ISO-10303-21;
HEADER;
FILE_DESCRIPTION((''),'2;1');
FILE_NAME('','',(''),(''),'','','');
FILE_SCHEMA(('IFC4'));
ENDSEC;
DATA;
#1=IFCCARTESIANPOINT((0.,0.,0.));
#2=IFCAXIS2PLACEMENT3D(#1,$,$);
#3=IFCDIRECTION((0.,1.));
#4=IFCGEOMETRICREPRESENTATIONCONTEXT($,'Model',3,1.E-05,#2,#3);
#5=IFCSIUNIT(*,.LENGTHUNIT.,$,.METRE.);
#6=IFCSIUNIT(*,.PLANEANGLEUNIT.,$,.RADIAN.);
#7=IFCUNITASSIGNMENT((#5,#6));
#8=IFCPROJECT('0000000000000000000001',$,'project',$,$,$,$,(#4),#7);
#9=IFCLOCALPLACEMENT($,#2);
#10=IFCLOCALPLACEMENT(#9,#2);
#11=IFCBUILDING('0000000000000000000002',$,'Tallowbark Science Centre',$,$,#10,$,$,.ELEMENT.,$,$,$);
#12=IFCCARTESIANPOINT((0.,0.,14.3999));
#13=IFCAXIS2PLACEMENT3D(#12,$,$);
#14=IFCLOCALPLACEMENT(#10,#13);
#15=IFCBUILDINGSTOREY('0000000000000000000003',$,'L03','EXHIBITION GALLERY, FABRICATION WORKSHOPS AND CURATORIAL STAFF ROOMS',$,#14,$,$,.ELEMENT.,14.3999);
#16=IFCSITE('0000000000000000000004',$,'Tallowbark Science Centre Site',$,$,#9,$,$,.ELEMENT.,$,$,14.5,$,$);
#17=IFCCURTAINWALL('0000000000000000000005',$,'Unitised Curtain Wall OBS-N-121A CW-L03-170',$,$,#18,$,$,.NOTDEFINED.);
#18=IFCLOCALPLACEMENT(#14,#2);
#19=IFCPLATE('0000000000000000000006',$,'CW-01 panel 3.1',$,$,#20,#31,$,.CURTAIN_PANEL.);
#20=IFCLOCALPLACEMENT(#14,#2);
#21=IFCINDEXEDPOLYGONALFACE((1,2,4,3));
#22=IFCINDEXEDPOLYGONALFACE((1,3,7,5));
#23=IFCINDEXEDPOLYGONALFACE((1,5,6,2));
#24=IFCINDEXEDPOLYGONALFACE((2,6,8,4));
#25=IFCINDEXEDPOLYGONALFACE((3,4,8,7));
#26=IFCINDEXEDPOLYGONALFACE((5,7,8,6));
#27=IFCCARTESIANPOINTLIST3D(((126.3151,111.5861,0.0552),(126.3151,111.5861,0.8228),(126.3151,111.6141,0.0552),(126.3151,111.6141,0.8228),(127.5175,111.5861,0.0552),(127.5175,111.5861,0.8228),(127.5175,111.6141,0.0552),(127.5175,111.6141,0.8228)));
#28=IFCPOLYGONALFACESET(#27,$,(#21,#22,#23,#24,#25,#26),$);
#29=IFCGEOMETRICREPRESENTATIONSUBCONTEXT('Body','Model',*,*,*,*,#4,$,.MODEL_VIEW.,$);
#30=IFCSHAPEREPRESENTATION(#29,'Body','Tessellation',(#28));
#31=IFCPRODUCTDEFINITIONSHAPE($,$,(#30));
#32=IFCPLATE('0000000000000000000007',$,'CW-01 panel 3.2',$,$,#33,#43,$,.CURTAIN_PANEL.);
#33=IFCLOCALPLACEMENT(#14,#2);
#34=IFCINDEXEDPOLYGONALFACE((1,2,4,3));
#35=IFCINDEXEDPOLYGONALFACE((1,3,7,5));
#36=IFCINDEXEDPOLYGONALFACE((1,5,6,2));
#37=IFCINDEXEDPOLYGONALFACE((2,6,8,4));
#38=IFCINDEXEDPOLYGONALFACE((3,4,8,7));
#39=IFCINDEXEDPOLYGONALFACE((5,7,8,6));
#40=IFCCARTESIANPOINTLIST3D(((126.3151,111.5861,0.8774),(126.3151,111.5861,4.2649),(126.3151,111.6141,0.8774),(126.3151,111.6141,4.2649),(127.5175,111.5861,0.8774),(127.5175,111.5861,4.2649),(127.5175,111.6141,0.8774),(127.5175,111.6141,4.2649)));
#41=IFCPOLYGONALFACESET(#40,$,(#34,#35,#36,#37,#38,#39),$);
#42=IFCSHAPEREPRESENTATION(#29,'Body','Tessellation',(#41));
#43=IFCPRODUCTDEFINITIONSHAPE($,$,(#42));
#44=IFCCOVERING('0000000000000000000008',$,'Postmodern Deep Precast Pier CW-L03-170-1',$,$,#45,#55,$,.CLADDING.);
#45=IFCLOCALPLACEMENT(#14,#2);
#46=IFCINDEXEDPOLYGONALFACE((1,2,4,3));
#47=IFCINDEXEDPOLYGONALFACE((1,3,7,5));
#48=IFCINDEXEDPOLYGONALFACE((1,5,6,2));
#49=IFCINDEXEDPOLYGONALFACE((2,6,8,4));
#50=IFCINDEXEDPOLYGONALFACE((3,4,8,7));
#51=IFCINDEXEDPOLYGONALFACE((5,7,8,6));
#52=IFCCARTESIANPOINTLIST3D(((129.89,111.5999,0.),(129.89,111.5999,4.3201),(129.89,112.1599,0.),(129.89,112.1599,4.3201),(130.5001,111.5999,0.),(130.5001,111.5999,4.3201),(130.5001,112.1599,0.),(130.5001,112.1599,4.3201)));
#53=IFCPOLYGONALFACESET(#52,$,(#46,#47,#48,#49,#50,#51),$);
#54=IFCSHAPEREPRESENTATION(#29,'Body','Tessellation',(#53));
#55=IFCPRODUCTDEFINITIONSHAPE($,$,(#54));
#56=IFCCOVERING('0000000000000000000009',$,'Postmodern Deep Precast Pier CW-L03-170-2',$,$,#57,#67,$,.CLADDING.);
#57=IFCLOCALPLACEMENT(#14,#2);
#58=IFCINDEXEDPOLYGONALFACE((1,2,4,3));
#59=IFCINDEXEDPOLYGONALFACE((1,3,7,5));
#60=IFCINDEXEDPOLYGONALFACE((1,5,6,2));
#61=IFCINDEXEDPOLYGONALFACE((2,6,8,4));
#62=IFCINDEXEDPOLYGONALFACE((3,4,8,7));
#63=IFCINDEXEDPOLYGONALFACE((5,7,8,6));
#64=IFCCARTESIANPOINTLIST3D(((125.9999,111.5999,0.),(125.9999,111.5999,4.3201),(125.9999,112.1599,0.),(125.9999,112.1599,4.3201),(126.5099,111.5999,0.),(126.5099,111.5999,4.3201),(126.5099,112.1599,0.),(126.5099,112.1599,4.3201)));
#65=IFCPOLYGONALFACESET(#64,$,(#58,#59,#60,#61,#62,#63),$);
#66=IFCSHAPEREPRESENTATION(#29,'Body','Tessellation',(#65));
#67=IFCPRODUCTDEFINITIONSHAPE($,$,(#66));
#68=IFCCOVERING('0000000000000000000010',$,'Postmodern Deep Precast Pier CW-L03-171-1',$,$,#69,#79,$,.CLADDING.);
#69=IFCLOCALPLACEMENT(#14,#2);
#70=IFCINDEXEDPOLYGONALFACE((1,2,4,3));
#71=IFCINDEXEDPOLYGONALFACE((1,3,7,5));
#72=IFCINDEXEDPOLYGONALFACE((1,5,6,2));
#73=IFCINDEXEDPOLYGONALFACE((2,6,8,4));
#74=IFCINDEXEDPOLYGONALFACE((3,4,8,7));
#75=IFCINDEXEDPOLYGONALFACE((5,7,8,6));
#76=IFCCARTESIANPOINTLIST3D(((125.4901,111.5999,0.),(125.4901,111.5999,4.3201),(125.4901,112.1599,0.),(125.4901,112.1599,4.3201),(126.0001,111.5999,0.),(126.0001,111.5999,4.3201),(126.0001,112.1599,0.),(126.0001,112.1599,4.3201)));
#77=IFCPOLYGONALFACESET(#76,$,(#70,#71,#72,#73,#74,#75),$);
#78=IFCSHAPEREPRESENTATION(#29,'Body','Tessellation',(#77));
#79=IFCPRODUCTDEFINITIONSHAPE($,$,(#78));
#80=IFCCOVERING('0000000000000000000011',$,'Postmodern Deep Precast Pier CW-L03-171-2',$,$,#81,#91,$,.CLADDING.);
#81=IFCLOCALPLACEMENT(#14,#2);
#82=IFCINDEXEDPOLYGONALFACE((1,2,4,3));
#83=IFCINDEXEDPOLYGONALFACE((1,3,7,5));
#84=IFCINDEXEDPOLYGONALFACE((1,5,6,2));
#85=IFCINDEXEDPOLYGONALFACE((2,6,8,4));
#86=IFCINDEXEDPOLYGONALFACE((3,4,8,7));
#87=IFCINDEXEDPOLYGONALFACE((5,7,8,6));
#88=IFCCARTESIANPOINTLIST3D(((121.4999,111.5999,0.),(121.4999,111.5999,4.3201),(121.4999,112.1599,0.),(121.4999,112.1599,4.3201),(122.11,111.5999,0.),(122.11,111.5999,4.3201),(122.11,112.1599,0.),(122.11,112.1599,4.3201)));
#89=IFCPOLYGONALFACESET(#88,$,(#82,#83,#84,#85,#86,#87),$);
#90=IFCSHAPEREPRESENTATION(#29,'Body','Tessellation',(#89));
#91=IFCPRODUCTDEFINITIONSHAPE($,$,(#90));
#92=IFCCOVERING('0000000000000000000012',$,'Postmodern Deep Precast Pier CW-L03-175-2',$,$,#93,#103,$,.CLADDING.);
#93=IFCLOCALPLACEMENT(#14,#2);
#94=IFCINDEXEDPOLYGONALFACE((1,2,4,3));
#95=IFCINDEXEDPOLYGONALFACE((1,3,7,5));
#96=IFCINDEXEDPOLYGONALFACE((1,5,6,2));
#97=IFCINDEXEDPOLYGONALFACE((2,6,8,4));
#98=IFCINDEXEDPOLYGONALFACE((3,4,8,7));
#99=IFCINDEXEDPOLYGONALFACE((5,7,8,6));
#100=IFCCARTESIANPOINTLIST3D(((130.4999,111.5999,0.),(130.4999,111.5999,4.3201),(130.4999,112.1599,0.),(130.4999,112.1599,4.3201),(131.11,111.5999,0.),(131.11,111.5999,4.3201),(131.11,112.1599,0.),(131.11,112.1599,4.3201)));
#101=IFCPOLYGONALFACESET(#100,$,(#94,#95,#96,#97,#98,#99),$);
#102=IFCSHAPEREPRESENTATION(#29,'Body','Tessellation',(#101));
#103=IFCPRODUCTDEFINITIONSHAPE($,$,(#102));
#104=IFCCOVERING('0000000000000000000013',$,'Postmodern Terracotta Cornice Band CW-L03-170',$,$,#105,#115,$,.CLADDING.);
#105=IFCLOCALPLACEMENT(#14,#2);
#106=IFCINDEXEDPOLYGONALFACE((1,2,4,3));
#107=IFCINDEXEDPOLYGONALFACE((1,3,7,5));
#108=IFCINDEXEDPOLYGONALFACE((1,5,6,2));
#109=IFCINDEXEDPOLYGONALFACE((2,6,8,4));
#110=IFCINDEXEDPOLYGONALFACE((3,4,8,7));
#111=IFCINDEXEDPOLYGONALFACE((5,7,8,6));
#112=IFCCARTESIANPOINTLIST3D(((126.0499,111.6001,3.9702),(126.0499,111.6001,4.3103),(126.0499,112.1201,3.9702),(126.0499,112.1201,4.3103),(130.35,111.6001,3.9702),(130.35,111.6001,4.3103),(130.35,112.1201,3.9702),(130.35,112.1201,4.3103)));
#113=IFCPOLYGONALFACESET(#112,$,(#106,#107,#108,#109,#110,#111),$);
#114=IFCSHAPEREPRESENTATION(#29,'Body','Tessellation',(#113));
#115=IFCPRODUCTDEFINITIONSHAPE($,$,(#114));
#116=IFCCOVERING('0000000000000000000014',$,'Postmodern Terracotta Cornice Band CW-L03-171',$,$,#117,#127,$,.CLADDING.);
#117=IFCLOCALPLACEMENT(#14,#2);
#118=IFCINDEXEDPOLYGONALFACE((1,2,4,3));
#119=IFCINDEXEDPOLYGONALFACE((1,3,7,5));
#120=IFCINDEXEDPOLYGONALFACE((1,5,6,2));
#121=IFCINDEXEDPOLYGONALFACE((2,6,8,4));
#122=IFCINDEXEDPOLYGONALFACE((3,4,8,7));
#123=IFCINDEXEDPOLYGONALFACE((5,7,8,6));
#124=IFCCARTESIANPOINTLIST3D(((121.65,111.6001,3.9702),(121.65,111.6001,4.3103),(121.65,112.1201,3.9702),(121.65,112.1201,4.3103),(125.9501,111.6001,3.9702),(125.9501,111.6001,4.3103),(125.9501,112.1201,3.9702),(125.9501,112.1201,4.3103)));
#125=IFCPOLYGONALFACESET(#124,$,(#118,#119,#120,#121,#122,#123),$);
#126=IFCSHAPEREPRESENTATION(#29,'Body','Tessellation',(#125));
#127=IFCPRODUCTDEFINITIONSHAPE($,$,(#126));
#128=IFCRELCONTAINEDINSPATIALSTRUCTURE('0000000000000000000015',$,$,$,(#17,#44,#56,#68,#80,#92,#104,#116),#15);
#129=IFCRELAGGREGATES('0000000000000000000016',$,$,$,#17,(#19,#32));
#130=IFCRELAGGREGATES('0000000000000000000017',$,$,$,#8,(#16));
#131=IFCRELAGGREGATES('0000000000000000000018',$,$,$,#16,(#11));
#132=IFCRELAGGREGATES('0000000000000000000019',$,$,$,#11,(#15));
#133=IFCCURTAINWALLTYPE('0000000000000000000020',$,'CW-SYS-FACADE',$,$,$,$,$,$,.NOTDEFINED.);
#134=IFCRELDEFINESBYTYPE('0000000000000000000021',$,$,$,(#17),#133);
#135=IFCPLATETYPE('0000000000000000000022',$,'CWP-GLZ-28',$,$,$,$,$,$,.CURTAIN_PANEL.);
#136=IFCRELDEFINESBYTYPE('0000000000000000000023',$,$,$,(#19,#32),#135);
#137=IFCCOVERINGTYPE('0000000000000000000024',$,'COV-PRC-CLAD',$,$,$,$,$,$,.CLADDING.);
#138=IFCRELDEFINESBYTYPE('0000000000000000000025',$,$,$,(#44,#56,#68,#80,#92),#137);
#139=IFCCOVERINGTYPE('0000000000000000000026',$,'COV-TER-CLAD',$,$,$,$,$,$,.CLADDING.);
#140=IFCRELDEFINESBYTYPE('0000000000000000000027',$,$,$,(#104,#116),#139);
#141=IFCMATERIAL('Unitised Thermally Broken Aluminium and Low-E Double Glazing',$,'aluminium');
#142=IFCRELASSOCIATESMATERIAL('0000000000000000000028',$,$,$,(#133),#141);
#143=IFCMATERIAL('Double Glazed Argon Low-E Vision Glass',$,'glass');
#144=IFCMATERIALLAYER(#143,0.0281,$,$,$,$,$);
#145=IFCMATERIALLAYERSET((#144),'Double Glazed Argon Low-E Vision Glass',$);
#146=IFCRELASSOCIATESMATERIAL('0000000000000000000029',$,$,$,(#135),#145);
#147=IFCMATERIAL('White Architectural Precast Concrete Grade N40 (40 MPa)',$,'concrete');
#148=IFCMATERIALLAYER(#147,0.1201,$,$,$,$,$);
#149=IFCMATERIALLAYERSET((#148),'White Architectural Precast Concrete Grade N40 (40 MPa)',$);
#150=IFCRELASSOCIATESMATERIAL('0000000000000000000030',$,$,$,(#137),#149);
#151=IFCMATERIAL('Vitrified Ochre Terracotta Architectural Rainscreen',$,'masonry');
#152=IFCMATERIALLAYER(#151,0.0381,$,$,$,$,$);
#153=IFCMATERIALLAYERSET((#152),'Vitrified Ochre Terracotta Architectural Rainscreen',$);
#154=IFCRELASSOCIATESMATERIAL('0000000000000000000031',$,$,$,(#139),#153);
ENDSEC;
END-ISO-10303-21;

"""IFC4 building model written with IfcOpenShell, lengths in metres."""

from ifc_helpers import new_model, si_unit, direction, frame, origin, origin_2d, place, context, subcontext, project, spatial, rectangle, extrude, material, layer, layer_set, type_object, element, aggregate, save


model = new_model("IFC4")

# Units and contexts
model_context = context("Model", 3, precision=1e-05, world=origin(), true_north=direction((0.0, 1.0)))
body_context = subcontext(model_context, "Body", "Model", "MODEL_VIEW")
ifc_project = project(units=[si_unit("LENGTHUNIT", "METRE"), si_unit("PLANEANGLEUNIT", "RADIAN")], contexts=[model_context])

# Site, building, storey
site_placement = place(None, origin())
site = spatial("IfcSite", under=ifc_project, at=site_placement, Name="Tallowbark Science Centre Site", CompositionType="ELEMENT", RefElevation=14.5)
building_placement = place(site_placement, origin())
building = spatial("IfcBuilding", under=site, at=building_placement, Name="Tallowbark Science Centre", CompositionType="ELEMENT")
storey_placement = place(building_placement, frame((0.0, 0.0, 14.3999)))
storey = spatial("IfcBuildingStorey", under=building, at=storey_placement, Name="L03", Description="EXHIBITION GALLERY, FABRICATION WORKSHOPS AND CURATORIAL STAFF ROOMS", CompositionType="ELEMENT", Elevation=14.3999)

# Curtain wall
ifc_material_1 = material(Name="Unitised Thermally Broken Aluminium and Low-E Double Glazing", Category="aluminium")
curtain_wall_type = type_object("IfcCurtainWallType", Name="CW-SYS-FACADE", PredefinedType="NOTDEFINED", material=ifc_material_1)
curtain_wall_1_placement = place(storey_placement, origin())
curtain_wall_1 = element("IfcCurtainWall", 1, at=curtain_wall_1_placement, inside=storey, type_object=curtain_wall_type, Name="Unitised Curtain Wall OBS-N-121A CW-L03-170", PredefinedType="NOTDEFINED")

# Plates
ifc_material_2 = material(Name="Double Glazed Argon Low-E Vision Glass", Category="glass")
ifc_layer_1 = layer(ifc_material_2, 0.0281)
ifc_layer_set_1 = layer_set([ifc_layer_1], Name="Double Glazed Argon Low-E Vision Glass")
plate_type = type_object("IfcPlateType", Name="CWP-GLZ-28", PredefinedType="CURTAIN_PANEL", material=ifc_layer_set_1)
plate_1_placement = place(storey_placement, frame((126.9163, 111.6001, 0.0552), z_axis=(0.0, 0.0, 1.0), x_axis=(-1.0, 0.0, 0.0)))
plate_1 = element("IfcPlate", 2, at=plate_1_placement, type_object=plate_type, Name="CW-01 panel 3.1", PredefinedType="CURTAIN_PANEL", context=body_context, shape_type="SweptSolid", body=[
    extrude(rectangle(XDim=1.2024, YDim=0.0281, at=origin_2d()), origin(), (0.0, 0.0, 1.0), 0.7676),
])
plate_2_placement = place(storey_placement, frame((126.9163, 111.6001, 0.8774), z_axis=(0.0, 0.0, 1.0), x_axis=(-1.0, 0.0, 0.0)))
plate_2 = element("IfcPlate", 3, at=plate_2_placement, type_object=plate_type, Name="CW-01 panel 3.2", PredefinedType="CURTAIN_PANEL", context=body_context, shape_type="SweptSolid", body=[
    extrude(rectangle(XDim=1.2024, YDim=0.0281, at=origin_2d()), origin(), (0.0, 0.0, 1.0), 3.3875),
])
aggregate(curtain_wall_1, [plate_1, plate_2])

# Coverings
ifc_material_3 = material(Name="White Architectural Precast Concrete Grade N40 (40 MPa)", Category="concrete")
ifc_layer_2 = layer(ifc_material_3, 0.1201)
ifc_layer_set_2 = layer_set([ifc_layer_2], Name="White Architectural Precast Concrete Grade N40 (40 MPa)")
covering_type_1 = type_object("IfcCoveringType", Name="COV-PRC-CLAD", PredefinedType="CLADDING", material=ifc_layer_set_2)
covering_placement = place(storey_placement, frame((130.1951, 111.8799, 0.0), z_axis=(0.0, 0.0, 1.0), x_axis=(-1.0, 0.0, 0.0)))
element("IfcCovering", 4, at=covering_placement, inside=storey, type_object=covering_type_1, Name="Postmodern Deep Precast Pier CW-L03-170-1", PredefinedType="CLADDING", context=body_context, shape_type="SweptSolid", body=[
    extrude(rectangle(XDim=0.6101, YDim=0.5601, at=origin_2d()), origin(), (0.0, 0.0, 1.0), 4.3201),
])
for number, where, z_axis, x_axis, name in (
    (5, (126.2549, 111.8799, 0.0), (0.0, 0.0, 1.0), (-1.0, 0.0, 0.0), "Postmodern Deep Precast Pier CW-L03-170-2"),
    (6, (125.7451, 111.8799, 0.0), (0.0, 0.0, 1.0), (-1.0, 0.0, 0.0), "Postmodern Deep Precast Pier CW-L03-171-1"),
):
    element("IfcCovering", number, at=place(storey_placement, frame(where, z_axis=z_axis, x_axis=x_axis)), inside=storey, type_object=covering_type_1, Name=name, PredefinedType="CLADDING", context=body_context, shape_type="SweptSolid", body=[
        extrude(rectangle(XDim=0.51, YDim=0.5601, at=origin_2d()), origin(), (0.0, 0.0, 1.0), 4.3201),
    ])
for number, where, z_axis, x_axis, name in (
    (7, (121.8049, 111.8799, 0.0), (0.0, 0.0, 1.0), (-1.0, 0.0, 0.0), "Postmodern Deep Precast Pier CW-L03-171-2"),
    (8, (130.8049, 111.8799, 0.0), (0.0, 0.0, 1.0), (-1.0, 0.0, 0.0), "Postmodern Deep Precast Pier CW-L03-175-2"),
):
    element("IfcCovering", number, at=place(storey_placement, frame(where, z_axis=z_axis, x_axis=x_axis)), inside=storey, type_object=covering_type_1, Name=name, PredefinedType="CLADDING", context=body_context, shape_type="SweptSolid", body=[
        extrude(rectangle(XDim=0.6101, YDim=0.5601, at=origin_2d()), origin(), (0.0, 0.0, 1.0), 4.3201),
    ])
ifc_material_4 = material(Name="Vitrified Ochre Terracotta Architectural Rainscreen", Category="masonry")
ifc_layer_3 = layer(ifc_material_4, 0.0381)
ifc_layer_set_3 = layer_set([ifc_layer_3], Name="Vitrified Ochre Terracotta Architectural Rainscreen")
covering_type_2 = type_object("IfcCoveringType", Name="COV-TER-CLAD", PredefinedType="CLADDING", material=ifc_layer_set_3)
for number, where, z_axis, x_axis, name in (
    (9, (128.2, 111.8601, 3.9702), (0.0, 0.0, 1.0), (-1.0, 0.0, 0.0), "Postmodern Terracotta Cornice Band CW-L03-170"),
    (10, (123.8, 111.8601, 3.9702), (0.0, 0.0, 1.0), (-1.0, 0.0, 0.0), "Postmodern Terracotta Cornice Band CW-L03-171"),
):
    element("IfcCovering", number, at=place(storey_placement, frame(where, z_axis=z_axis, x_axis=x_axis)), inside=storey, type_object=covering_type_2, Name=name, PredefinedType="CLADDING", context=body_context, shape_type="SweptSolid", body=[
        extrude(rectangle(XDim=4.3, YDim=0.52, at=origin_2d()), origin(), (0.0, 0.0, 1.0), 0.3401),
    ])

save(model, "model.ifc")
